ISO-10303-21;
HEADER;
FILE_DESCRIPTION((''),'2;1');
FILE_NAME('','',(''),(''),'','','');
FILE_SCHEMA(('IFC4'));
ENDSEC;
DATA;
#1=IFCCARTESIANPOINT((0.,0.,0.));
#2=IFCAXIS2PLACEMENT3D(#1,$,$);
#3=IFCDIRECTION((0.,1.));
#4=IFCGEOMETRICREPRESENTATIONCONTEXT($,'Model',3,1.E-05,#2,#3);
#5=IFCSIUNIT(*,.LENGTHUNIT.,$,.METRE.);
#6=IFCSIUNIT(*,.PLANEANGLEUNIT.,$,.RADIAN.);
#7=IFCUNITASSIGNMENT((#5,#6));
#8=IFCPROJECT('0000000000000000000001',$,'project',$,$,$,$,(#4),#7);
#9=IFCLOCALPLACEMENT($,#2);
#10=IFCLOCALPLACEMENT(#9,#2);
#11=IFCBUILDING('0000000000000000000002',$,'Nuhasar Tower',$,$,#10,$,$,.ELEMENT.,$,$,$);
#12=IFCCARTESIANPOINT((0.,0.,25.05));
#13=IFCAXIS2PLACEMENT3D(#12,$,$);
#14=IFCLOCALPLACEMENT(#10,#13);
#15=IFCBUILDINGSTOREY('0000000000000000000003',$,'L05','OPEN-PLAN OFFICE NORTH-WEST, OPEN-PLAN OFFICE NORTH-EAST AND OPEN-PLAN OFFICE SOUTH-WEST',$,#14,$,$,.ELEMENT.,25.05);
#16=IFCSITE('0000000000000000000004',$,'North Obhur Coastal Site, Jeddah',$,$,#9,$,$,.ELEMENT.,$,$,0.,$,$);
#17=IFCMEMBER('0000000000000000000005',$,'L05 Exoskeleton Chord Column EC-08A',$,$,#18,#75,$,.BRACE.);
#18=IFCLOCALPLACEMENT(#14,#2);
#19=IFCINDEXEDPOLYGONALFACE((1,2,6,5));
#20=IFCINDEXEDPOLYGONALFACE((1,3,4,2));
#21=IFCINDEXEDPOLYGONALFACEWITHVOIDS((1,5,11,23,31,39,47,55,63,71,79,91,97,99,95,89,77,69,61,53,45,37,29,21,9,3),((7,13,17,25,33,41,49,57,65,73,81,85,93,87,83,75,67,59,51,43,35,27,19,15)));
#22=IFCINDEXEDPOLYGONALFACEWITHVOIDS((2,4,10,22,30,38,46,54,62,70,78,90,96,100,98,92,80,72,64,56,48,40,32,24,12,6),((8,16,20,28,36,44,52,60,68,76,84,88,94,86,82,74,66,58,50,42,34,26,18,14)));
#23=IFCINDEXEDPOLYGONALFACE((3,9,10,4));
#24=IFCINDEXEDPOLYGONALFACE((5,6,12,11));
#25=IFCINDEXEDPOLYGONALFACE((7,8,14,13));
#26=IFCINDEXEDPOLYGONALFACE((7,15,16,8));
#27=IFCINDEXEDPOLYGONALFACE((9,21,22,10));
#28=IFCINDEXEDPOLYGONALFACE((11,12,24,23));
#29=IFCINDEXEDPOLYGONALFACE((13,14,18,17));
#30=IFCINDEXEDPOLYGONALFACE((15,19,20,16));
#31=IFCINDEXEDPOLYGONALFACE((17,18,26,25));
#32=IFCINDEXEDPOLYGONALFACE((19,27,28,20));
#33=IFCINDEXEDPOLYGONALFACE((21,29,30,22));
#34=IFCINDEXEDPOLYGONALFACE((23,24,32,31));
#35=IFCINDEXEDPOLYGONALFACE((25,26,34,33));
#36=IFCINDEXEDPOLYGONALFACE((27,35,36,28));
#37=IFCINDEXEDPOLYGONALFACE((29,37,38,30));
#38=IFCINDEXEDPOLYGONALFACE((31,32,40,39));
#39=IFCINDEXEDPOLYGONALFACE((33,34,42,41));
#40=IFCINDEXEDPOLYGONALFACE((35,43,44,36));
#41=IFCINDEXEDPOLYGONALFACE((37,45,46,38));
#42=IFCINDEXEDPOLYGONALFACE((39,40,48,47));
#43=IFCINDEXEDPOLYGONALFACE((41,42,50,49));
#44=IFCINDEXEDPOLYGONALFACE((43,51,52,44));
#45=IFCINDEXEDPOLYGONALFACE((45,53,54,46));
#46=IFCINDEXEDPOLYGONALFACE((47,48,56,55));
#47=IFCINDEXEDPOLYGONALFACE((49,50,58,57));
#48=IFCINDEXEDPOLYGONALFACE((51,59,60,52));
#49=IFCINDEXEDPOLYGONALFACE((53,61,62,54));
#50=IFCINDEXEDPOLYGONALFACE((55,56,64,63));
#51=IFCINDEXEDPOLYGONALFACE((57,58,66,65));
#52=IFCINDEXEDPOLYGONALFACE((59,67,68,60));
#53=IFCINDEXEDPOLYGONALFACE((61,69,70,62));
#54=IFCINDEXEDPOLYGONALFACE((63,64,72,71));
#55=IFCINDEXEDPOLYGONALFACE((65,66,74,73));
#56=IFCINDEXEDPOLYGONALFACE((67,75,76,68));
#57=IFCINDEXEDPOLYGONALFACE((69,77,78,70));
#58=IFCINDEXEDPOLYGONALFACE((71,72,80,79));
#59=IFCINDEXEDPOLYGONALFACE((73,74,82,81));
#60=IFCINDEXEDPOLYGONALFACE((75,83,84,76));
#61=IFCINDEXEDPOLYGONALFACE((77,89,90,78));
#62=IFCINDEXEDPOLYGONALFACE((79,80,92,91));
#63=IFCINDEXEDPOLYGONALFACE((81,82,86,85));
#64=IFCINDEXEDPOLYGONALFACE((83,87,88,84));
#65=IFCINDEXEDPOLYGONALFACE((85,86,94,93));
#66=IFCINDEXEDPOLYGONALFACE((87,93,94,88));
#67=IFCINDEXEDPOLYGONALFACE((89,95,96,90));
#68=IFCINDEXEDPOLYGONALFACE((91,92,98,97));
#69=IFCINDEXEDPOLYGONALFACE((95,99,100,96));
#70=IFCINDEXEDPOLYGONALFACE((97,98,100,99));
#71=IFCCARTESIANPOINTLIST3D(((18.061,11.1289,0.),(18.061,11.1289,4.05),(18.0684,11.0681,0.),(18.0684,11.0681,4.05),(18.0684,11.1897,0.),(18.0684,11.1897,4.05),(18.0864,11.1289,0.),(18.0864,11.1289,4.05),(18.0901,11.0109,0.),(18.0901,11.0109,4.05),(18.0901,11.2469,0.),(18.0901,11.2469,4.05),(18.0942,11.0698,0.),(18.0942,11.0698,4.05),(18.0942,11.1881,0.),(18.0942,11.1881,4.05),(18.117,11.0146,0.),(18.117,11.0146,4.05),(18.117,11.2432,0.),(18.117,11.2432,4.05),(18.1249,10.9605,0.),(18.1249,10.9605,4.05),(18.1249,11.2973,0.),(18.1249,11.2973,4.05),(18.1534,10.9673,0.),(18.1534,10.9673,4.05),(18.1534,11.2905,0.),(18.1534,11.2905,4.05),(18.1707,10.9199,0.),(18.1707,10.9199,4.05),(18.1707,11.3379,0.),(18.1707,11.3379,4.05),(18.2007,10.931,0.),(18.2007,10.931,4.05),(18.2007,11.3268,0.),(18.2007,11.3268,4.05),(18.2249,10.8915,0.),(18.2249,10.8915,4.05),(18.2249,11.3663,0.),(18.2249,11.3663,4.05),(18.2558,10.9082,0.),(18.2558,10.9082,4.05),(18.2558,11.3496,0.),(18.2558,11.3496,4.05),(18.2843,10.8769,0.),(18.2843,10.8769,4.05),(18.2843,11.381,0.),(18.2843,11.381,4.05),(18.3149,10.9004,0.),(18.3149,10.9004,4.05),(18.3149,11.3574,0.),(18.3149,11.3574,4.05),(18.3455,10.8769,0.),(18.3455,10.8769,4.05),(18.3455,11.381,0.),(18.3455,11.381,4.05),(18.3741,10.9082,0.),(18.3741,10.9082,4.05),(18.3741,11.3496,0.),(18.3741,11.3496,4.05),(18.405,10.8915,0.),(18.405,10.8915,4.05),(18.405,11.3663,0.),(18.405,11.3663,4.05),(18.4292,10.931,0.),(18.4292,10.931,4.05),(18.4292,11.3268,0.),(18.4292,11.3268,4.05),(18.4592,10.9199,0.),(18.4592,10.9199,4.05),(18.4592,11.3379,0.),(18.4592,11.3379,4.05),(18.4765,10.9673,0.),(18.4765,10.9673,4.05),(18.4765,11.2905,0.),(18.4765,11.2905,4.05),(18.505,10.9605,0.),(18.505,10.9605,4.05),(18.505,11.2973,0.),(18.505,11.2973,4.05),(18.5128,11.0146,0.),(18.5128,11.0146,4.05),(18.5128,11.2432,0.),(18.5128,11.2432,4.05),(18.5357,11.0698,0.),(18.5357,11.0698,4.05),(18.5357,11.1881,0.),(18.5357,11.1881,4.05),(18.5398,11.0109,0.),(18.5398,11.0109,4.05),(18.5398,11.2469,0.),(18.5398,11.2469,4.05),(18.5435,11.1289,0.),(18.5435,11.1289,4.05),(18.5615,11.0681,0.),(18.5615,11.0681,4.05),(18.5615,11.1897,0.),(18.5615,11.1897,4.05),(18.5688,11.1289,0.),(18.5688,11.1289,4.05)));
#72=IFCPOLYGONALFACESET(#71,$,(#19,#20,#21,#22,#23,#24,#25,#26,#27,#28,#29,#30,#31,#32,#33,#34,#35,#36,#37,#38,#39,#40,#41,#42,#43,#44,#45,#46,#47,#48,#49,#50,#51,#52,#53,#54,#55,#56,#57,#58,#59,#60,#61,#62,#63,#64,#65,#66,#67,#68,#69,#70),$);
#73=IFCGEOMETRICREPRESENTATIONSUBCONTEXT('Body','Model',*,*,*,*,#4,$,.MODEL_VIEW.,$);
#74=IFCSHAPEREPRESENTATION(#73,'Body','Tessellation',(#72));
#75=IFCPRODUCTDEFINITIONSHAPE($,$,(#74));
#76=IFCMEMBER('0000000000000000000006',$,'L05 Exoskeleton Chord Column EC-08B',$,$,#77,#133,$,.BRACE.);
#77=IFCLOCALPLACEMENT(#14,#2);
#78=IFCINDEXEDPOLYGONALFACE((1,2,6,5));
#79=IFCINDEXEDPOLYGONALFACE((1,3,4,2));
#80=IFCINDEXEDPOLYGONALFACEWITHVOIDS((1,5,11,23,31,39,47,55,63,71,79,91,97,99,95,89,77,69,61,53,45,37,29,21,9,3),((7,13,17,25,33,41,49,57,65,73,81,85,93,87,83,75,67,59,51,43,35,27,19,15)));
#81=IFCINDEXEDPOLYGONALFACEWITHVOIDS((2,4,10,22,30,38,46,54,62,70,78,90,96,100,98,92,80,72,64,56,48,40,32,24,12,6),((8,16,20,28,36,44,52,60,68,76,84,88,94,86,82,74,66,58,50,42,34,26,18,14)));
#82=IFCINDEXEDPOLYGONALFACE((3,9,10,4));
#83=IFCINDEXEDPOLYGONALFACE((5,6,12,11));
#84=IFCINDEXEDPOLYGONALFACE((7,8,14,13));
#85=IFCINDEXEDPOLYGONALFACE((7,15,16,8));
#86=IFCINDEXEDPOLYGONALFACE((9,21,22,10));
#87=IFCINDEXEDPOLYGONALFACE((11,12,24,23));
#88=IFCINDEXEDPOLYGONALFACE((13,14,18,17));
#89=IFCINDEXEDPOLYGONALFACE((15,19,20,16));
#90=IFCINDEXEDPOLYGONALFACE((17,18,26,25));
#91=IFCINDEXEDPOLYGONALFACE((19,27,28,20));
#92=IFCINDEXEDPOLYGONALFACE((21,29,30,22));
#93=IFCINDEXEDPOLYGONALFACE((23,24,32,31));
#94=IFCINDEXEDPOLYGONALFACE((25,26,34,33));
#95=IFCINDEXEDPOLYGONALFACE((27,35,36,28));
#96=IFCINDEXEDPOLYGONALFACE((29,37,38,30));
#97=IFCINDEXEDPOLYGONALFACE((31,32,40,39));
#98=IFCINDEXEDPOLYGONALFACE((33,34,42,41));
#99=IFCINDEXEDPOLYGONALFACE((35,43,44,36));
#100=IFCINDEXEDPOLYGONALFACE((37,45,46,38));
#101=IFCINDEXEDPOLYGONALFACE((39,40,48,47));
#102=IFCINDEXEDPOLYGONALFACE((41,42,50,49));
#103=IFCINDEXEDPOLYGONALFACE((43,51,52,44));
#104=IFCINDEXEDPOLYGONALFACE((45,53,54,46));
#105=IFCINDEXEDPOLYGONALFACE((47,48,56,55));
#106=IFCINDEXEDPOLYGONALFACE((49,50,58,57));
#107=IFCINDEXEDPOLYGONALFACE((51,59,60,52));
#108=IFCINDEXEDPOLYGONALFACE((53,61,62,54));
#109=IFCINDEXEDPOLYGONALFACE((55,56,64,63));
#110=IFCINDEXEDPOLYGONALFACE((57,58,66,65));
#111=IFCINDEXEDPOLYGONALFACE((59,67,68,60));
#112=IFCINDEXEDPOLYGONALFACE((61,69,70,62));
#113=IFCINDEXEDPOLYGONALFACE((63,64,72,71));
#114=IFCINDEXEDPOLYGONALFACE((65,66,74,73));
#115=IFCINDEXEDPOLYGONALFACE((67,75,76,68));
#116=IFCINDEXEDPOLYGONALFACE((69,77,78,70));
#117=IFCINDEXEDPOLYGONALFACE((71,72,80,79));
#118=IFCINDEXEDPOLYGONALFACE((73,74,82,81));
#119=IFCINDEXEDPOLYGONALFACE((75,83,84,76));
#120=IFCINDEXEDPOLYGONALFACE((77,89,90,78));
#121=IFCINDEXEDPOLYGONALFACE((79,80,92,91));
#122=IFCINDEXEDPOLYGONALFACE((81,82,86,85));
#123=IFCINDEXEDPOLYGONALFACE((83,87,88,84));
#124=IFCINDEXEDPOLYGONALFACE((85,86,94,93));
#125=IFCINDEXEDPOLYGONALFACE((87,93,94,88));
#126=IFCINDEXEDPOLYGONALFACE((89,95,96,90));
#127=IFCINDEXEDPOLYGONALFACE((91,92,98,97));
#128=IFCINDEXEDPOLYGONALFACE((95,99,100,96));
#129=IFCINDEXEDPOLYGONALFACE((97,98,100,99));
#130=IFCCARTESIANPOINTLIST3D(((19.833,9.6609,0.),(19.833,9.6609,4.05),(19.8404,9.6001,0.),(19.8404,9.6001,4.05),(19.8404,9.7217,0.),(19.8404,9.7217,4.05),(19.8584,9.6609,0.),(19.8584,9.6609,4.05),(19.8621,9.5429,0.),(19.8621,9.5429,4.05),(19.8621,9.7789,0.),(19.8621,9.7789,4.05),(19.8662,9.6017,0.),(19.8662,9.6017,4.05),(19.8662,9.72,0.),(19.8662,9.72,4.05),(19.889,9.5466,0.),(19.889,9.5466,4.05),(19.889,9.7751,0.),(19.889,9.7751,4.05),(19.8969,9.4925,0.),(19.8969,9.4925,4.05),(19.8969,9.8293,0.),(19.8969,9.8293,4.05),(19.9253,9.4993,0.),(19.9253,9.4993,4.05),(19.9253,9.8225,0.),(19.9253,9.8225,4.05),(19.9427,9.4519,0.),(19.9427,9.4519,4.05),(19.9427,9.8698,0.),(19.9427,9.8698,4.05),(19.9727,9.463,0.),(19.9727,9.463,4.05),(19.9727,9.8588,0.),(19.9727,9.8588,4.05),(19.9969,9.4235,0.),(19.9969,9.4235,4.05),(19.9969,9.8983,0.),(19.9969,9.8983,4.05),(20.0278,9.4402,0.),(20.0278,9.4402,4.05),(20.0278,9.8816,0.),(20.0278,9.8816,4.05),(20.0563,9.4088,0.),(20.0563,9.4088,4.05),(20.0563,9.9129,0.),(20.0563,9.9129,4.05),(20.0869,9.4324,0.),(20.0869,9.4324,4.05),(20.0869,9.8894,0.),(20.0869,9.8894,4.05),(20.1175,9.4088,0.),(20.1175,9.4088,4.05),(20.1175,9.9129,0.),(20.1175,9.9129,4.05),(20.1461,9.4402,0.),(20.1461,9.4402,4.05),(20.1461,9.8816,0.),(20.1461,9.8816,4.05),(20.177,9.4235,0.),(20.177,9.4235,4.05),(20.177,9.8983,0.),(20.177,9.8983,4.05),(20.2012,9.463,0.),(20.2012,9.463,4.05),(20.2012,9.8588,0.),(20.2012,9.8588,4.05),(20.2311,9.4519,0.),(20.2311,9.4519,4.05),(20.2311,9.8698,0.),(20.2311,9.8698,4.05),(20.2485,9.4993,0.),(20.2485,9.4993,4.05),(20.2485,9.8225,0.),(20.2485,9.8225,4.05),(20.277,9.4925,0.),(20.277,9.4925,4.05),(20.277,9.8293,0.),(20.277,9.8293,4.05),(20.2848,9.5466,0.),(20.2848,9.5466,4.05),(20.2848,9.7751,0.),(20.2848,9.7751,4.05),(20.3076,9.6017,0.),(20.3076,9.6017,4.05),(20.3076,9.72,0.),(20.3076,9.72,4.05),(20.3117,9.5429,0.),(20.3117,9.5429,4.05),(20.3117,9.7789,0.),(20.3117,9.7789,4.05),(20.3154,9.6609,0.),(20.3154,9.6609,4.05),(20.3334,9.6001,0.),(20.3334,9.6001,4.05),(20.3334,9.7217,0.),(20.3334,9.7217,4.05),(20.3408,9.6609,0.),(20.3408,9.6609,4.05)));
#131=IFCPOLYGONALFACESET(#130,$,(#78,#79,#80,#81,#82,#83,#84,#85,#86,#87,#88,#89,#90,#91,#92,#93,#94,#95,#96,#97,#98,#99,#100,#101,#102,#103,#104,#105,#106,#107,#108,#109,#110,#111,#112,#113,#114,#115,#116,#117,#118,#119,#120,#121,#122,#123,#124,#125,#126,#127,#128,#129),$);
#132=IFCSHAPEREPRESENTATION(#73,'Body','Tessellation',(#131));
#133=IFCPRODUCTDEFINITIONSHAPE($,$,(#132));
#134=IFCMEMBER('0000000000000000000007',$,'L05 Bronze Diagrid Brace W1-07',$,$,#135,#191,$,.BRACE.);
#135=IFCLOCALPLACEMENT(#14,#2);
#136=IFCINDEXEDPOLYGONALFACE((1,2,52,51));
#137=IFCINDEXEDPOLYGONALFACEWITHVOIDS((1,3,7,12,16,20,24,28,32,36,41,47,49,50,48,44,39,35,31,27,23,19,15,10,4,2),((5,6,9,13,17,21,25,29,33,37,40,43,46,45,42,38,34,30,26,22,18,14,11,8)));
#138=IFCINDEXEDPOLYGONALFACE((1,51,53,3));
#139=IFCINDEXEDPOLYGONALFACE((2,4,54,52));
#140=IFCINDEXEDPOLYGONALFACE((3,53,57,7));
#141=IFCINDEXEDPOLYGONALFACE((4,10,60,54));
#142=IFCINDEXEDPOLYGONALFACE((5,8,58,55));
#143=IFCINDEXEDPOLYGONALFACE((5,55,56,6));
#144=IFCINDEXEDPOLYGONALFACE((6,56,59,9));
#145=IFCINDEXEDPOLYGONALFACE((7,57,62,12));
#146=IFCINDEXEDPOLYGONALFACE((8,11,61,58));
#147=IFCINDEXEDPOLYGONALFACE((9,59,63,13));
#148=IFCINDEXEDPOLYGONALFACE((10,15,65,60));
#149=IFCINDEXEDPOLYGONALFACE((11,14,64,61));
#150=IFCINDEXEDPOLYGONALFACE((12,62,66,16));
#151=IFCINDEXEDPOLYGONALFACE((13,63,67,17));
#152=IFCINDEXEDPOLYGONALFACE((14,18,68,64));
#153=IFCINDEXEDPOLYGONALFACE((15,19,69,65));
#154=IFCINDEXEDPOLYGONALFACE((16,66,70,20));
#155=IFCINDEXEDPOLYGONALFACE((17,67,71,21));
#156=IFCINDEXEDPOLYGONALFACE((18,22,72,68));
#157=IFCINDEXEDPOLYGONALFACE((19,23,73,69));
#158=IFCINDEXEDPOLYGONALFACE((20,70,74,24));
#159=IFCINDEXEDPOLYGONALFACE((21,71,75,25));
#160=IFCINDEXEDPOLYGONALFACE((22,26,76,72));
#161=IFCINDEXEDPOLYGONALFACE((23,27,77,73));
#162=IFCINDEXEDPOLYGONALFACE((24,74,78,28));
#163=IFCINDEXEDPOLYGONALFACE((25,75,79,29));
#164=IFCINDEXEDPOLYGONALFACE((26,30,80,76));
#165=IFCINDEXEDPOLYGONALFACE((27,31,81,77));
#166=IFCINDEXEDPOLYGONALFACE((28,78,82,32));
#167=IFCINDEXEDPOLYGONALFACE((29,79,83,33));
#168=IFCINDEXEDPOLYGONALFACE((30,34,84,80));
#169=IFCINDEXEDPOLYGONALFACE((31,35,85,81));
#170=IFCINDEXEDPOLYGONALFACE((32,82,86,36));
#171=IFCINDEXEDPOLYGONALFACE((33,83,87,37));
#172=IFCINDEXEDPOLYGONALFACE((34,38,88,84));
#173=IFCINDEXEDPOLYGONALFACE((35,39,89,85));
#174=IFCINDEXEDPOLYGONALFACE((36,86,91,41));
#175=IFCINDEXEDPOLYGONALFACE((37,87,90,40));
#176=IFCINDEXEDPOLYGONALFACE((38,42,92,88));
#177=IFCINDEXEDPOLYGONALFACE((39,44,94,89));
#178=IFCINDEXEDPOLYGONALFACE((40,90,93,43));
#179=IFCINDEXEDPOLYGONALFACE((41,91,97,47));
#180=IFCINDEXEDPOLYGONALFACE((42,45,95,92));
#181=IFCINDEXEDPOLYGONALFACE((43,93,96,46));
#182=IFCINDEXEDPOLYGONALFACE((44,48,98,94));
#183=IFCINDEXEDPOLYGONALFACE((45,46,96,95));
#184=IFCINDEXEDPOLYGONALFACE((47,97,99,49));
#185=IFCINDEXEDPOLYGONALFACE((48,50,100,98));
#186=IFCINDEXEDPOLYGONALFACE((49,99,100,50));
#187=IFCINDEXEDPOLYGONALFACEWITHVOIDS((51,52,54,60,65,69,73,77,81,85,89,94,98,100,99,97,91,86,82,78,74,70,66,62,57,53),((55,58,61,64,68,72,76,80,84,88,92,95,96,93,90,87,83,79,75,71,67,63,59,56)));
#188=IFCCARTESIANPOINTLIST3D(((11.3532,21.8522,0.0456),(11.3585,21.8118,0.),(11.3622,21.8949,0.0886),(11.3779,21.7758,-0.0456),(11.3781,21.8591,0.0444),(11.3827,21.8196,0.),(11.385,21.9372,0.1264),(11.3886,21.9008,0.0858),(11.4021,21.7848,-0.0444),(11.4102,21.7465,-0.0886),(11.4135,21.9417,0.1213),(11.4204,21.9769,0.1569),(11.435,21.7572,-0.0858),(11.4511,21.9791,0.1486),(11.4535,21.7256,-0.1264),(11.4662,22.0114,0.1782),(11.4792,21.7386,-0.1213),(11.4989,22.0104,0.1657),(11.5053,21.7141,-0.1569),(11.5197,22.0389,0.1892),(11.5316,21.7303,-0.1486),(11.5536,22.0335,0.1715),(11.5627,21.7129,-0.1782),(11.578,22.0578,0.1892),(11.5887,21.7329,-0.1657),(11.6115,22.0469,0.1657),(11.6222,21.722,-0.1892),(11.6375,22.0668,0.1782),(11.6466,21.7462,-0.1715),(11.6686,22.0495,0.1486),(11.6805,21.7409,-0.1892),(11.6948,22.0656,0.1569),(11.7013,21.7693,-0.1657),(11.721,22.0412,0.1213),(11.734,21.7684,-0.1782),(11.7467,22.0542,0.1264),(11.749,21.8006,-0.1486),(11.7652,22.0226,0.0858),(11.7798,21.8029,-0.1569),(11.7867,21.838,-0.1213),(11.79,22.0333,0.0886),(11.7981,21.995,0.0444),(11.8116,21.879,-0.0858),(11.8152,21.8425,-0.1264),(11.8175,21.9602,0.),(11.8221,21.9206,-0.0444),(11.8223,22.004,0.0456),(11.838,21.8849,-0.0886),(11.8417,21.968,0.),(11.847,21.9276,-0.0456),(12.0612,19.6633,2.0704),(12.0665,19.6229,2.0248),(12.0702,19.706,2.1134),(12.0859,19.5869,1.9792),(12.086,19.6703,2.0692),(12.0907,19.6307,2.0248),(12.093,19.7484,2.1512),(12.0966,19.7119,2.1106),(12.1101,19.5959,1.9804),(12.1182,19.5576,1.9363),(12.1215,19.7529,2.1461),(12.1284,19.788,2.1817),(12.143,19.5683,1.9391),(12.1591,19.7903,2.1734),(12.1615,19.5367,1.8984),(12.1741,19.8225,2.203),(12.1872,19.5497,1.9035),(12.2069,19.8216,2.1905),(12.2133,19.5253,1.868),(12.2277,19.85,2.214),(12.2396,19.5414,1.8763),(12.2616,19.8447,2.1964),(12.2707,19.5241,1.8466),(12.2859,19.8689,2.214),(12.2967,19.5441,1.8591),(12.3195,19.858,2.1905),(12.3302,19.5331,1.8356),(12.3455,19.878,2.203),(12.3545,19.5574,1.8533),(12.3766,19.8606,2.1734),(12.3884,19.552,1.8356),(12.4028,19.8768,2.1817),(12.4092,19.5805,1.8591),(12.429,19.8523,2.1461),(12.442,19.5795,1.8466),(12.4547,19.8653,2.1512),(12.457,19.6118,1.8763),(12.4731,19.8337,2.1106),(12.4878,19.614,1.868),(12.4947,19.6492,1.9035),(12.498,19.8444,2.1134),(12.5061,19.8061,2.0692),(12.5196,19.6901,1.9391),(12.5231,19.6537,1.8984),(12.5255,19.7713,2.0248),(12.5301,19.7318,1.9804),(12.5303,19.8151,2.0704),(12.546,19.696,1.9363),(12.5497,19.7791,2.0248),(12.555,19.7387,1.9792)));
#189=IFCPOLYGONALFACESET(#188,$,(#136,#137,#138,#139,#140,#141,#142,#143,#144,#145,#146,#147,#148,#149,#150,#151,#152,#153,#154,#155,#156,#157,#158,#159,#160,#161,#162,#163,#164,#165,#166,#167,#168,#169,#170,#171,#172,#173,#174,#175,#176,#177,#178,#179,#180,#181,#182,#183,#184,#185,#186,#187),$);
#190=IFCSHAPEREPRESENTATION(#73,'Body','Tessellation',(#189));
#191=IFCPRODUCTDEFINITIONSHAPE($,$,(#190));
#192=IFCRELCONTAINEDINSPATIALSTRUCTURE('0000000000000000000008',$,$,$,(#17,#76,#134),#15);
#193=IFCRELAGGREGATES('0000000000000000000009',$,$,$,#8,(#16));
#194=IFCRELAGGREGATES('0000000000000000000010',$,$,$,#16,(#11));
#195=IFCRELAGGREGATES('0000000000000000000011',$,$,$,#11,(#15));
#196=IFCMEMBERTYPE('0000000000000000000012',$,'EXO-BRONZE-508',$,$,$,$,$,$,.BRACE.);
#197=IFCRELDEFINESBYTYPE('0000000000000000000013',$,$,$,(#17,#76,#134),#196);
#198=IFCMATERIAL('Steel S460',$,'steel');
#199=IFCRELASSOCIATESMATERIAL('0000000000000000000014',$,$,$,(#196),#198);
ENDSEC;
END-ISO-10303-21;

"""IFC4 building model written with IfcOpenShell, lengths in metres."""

from ifc_helpers import new_model, si_unit, direction, frame, origin, origin_2d, place, context, subcontext, project, spatial, hollow_circle, extrude, material, material_profile, profile_set, type_object, element, save


model = new_model("IFC4")

# Units and contexts
model_context = context("Model", 3, precision=1e-05, world=origin(), true_north=direction((0.0, 1.0)))
body_context = subcontext(model_context, "Body", "Model", "MODEL_VIEW")
ifc_project = project(units=[si_unit("LENGTHUNIT", "METRE"), si_unit("PLANEANGLEUNIT", "RADIAN")], contexts=[model_context])

# Site, building, storey
site_placement = place(None, origin())
site = spatial("IfcSite", under=ifc_project, at=site_placement, Name="North Obhur Coastal Site, Jeddah", CompositionType="ELEMENT", RefElevation=0.0)
building_placement = place(site_placement, origin())
building = spatial("IfcBuilding", under=site, at=building_placement, Name="Nuhasar Tower", CompositionType="ELEMENT")
storey_placement = place(building_placement, frame((0.0, 0.0, 25.05)))
storey = spatial("IfcBuildingStorey", under=building, at=storey_placement, Name="L05", Description="OPEN-PLAN OFFICE NORTH-WEST, OPEN-PLAN OFFICE NORTH-EAST AND OPEN-PLAN OFFICE SOUTH-WEST", CompositionType="ELEMENT", Elevation=25.05)

# Members
ifc_material_1 = material(Name="Steel S460", Category="steel")
ifc_material_profile_1 = material_profile(ifc_material_1, hollow_circle(Radius=0.2539, WallThickness=0.0254, at=origin_2d()), Name="HSS508X25.4")
ifc_profile_set_1 = profile_set([ifc_material_profile_1], Name="Steel S460")
member_type_1 = type_object("IfcMemberType", Name="EXO-BRONZE-508", PredefinedType="BRACE", material=ifc_profile_set_1)
for number, where, z_axis, x_axis, name in (
    (1, (18.3149, 11.1289, 0.0), (0.0, 0.0, 1.0), (1.0, 0.0, 0.0), "L05 Exoskeleton Chord Column EC-08A"),
    (2, (20.0869, 9.6609, 0.0), (0.0, 0.0, 1.0), (1.0, 0.0, 0.0), "L05 Exoskeleton Chord Column EC-08B"),
):
    element("IfcMember", number, at=place(storey_placement, frame(where, z_axis=z_axis, x_axis=x_axis)), inside=storey, type_object=member_type_1, Name=name, PredefinedType="BRACE", context=body_context, shape_type="SweptSolid", body=[
        extrude(hollow_circle(Radius=0.2539, WallThickness=0.0254, at=origin_2d()), origin(), (0.0, 0.0, 1.0), 4.05),
    ])
member_1_placement = place(storey_placement, frame((11.6001, 21.8899, 0.0), z_axis=(0.231012, -0.714225, 0.660694), x_axis=(0.951468, 0.307747, 0.0)))
element("IfcMember", 3, at=member_1_placement, inside=storey, type_object=member_type_1, Name="L05 Bronze Diagrid Brace W1-07", PredefinedType="BRACE", context=body_context, shape_type="SweptSolid", body=[
    extrude(hollow_circle(Radius=0.2539, WallThickness=0.0254, at=origin_2d()), origin(), (0.0, 0.0, 1.0), 3.0647),
])

save(model, "model.ifc")
